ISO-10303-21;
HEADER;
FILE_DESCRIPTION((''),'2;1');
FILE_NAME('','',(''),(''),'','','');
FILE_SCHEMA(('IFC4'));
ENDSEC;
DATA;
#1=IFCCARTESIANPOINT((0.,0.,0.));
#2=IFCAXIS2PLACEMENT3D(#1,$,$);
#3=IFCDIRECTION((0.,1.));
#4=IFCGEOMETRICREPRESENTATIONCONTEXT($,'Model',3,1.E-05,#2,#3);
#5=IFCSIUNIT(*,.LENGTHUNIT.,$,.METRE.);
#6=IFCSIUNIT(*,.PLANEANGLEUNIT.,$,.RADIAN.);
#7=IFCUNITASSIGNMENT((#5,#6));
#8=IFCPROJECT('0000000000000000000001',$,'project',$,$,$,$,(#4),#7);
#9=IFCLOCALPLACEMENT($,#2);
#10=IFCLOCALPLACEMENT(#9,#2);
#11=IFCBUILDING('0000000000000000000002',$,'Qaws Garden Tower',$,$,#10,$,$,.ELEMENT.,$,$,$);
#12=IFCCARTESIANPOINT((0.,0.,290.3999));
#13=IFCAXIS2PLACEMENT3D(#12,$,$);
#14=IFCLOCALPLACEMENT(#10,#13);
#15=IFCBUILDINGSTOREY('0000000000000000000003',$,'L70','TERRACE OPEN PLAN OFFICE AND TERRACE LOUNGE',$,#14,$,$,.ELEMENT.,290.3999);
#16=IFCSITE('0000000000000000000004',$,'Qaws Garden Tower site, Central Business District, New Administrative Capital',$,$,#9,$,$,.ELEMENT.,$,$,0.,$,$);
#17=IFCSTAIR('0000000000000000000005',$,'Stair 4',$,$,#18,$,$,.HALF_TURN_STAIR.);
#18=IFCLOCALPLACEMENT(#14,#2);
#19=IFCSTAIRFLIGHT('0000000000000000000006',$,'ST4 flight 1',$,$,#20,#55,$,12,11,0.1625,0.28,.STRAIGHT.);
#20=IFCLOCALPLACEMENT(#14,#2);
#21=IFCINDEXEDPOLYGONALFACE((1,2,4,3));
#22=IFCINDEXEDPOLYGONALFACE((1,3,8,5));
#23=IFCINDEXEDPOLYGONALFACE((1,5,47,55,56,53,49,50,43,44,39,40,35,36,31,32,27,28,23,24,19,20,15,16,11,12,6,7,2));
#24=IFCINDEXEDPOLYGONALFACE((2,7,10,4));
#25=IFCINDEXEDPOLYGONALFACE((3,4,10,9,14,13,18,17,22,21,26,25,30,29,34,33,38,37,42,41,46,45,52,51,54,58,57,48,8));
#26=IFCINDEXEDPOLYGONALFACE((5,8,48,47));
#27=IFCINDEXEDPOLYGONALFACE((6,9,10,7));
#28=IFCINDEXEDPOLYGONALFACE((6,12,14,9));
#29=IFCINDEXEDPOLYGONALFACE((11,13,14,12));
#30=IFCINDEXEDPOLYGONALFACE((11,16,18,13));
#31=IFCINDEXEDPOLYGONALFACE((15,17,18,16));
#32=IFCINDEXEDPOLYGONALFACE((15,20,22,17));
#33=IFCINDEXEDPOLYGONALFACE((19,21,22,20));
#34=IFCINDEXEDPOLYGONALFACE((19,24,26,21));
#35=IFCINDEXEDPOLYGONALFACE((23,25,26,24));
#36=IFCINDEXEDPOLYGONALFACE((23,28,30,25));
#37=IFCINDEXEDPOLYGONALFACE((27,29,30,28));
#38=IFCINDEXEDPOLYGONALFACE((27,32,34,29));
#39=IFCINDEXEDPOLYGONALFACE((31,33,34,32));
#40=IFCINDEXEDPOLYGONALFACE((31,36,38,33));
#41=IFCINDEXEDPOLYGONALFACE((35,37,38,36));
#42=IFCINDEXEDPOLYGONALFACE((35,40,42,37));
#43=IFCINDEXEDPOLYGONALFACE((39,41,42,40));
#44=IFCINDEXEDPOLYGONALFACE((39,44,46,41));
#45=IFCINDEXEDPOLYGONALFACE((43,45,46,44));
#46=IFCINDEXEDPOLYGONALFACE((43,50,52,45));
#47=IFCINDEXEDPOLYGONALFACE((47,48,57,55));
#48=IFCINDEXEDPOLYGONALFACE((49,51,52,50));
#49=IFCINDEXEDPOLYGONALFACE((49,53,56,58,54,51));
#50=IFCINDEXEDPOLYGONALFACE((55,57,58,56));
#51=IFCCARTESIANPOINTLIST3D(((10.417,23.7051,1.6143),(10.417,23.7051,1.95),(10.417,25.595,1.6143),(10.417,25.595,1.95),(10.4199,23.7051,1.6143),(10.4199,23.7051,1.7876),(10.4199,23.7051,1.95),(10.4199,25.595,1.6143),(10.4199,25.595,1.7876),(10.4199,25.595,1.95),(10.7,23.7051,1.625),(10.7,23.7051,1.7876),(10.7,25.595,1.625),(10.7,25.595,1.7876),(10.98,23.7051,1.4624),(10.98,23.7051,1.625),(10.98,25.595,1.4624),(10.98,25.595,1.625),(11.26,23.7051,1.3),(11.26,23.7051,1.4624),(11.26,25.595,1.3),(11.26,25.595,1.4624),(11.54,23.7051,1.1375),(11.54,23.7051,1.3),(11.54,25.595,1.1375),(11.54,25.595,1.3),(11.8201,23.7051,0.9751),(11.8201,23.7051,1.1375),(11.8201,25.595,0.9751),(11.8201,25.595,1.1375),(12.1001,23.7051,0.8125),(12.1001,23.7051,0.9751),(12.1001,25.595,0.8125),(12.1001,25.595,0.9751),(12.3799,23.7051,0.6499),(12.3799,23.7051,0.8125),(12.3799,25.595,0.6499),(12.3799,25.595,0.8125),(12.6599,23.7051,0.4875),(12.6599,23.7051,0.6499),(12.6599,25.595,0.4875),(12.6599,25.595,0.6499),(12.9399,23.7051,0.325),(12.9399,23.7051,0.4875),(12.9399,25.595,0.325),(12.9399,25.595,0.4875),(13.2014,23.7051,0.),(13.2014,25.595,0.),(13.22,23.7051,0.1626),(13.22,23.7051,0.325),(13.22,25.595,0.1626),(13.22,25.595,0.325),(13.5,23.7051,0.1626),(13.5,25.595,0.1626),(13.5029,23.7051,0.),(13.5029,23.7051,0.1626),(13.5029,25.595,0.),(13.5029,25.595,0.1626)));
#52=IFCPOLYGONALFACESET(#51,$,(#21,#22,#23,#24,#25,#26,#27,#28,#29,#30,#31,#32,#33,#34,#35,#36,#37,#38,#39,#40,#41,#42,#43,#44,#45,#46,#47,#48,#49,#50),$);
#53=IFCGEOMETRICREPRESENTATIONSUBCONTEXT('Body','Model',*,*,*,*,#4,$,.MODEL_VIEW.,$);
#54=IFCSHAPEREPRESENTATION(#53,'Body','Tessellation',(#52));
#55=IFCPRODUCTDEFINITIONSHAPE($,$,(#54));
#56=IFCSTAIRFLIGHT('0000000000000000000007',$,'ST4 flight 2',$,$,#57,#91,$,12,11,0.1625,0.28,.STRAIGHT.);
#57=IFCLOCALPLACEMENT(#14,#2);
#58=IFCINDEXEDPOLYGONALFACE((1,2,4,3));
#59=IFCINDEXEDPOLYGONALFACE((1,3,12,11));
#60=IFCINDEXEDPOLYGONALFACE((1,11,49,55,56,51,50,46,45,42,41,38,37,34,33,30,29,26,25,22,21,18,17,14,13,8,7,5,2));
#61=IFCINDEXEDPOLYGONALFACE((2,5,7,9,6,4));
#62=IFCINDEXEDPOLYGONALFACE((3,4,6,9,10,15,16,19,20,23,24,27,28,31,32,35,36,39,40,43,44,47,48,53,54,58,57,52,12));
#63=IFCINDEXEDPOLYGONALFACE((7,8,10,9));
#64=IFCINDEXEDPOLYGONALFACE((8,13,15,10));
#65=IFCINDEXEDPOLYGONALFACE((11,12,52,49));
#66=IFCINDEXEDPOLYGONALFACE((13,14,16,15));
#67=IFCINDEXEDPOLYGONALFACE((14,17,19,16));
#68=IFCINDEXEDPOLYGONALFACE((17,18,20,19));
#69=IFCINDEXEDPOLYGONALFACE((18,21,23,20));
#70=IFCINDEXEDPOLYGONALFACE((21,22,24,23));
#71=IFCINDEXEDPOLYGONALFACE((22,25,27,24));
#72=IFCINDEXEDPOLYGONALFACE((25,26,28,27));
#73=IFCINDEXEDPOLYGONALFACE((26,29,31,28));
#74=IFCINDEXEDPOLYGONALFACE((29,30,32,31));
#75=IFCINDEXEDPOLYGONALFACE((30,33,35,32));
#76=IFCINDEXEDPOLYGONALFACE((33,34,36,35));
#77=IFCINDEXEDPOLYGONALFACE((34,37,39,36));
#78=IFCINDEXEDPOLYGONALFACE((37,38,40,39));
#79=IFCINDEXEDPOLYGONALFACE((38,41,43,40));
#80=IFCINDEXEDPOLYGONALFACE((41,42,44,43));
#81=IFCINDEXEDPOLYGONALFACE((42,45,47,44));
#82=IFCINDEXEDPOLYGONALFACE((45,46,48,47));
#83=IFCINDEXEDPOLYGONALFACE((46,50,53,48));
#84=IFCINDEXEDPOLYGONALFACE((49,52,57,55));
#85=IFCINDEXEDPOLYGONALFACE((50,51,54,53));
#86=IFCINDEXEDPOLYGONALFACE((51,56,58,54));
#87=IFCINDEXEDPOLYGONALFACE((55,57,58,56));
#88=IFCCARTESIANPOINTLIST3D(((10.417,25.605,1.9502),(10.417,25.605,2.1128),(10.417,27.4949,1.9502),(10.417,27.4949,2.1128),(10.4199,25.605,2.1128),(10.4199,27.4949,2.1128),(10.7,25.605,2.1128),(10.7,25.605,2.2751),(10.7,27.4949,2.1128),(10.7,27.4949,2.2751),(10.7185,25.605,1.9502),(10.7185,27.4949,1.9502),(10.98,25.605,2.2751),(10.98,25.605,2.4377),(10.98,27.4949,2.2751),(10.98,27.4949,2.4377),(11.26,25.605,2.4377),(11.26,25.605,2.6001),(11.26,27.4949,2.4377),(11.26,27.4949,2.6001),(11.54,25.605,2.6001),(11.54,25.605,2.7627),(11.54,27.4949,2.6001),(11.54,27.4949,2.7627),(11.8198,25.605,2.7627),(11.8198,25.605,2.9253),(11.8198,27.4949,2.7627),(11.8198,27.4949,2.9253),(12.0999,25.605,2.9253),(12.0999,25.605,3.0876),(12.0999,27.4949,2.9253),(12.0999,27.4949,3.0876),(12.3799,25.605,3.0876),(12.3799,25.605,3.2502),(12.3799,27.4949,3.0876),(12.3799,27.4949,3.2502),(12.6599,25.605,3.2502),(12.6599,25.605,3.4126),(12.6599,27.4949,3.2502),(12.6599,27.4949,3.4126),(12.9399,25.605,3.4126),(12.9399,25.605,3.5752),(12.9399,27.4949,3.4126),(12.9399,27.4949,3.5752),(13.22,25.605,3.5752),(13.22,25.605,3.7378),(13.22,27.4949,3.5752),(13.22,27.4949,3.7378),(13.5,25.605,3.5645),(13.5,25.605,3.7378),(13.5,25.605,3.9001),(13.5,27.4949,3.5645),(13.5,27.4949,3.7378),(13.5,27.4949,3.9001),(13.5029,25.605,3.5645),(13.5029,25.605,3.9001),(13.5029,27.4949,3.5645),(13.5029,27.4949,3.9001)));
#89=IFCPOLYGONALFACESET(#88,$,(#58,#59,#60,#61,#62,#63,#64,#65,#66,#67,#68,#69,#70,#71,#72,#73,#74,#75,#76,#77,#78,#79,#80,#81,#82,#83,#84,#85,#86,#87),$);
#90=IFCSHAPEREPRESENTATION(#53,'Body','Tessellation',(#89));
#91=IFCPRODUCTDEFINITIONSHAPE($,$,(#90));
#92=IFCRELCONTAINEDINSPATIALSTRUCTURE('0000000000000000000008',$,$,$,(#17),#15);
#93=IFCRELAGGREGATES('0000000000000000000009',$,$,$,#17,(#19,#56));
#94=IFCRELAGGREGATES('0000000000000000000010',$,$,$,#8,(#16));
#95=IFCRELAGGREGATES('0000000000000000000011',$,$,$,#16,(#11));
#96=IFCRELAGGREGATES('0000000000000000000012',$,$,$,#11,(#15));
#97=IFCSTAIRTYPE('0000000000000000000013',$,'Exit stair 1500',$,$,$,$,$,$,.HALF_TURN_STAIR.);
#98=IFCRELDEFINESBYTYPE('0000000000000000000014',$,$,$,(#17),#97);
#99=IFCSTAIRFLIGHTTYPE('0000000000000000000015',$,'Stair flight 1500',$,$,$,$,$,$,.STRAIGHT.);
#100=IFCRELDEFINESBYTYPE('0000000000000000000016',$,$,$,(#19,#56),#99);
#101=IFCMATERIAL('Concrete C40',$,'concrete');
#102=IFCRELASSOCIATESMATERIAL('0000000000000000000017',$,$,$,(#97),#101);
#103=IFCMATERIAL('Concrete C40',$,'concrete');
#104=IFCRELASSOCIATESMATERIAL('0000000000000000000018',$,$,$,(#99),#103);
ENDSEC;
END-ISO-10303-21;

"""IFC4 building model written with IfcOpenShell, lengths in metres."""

from ifc_helpers import new_model, si_unit, direction, frame, origin, place, context, subcontext, project, spatial, polyline, outline, extrude, material, type_object, element, aggregate, save


model = new_model("IFC4")

# Units and contexts
model_context = context("Model", 3, precision=1e-05, world=origin(), true_north=direction((0.0, 1.0)))
body_context = subcontext(model_context, "Body", "Model", "MODEL_VIEW")
ifc_project = project(units=[si_unit("LENGTHUNIT", "METRE"), si_unit("PLANEANGLEUNIT", "RADIAN")], contexts=[model_context])

# Site, building, storey
site_placement = place(None, origin())
site = spatial("IfcSite", under=ifc_project, at=site_placement, Name="Qaws Garden Tower site, Central Business District, New Administrative Capital", CompositionType="ELEMENT", RefElevation=0.0)
building_placement = place(site_placement, origin())
building = spatial("IfcBuilding", under=site, at=building_placement, Name="Qaws Garden Tower", CompositionType="ELEMENT")
storey_placement = place(building_placement, frame((0.0, 0.0, 290.3999)))
storey = spatial("IfcBuildingStorey", under=building, at=storey_placement, Name="L70", Description="TERRACE OPEN PLAN OFFICE AND TERRACE LOUNGE", CompositionType="ELEMENT", Elevation=290.3999)

# Stair, stair flights
ifc_material_1 = material(Name="Concrete C40", Category="concrete")
stair_type = type_object("IfcStairType", Name="Exit stair 1500", PredefinedType="HALF_TURN_STAIR", material=ifc_material_1)
stair_placement = place(storey_placement, origin())
stair = element("IfcStair", 1, at=stair_placement, inside=storey, type_object=stair_type, Name="Stair 4", PredefinedType="HALF_TURN_STAIR")
ifc_material_2 = material(Name="Concrete C40", Category="concrete")
stair_flight_type = type_object("IfcStairFlightType", Name="Stair flight 1500", PredefinedType="STRAIGHT", material=ifc_material_2)
stair_flight_1_placement = place(storey_placement, frame((13.5, 24.6499, 0.0), z_axis=(0.0, 0.0, 1.0), x_axis=(-1.0, 0.0, 0.0)))
stair_flight_1 = element("IfcStairFlight", 2, at=stair_flight_1_placement, type_object=stair_flight_type, Name="ST4 flight 1", NumberOfRisers=12, NumberOfTreads=11, PredefinedType="STRAIGHT", RiserHeight=0.1625, TreadLength=0.28, context=body_context, shape_type="SweptSolid", body=[
    extrude(outline(polyline([(-0.0029, 0.0), (-0.0029, 0.1626), (0.0, 0.1626), (0.28, 0.1626), (0.28, 0.325), (0.5601, 0.325), (0.5601, 0.4875), (0.8401, 0.4875), (0.8401, 0.6499), (1.1201, 0.6499), (1.1201, 0.8125), (1.3999, 0.8125), (1.3999, 0.9751), (1.6799, 0.9751), (1.6799, 1.1375), (1.96, 1.1375), (1.96, 1.3), (2.24, 1.3), (2.24, 1.4624), (2.52, 1.4624), (2.52, 1.625), (2.8, 1.625), (2.8, 1.7876), (3.0801, 1.7876), (3.0801, 1.95), (3.083, 1.95), (3.083, 1.6143), (3.0801, 1.6143), (0.2986, 0.0), (-0.0029, 0.0)])), frame((0.0, 0.9448, 0.0), z_axis=(0.0, -1.0, 0.0), x_axis=(1.0, 0.0, 0.0)), (0.0, 0.0, 1.0), 1.8899),
])
stair_flight_2_placement = place(storey_placement, frame((10.4199, 26.55, 1.9502), z_axis=(0.0, 0.0, 1.0), x_axis=(1.0, 0.0, 0.0)))
stair_flight_2 = element("IfcStairFlight", 3, at=stair_flight_2_placement, type_object=stair_flight_type, Name="ST4 flight 2", NumberOfRisers=12, NumberOfTreads=11, PredefinedType="STRAIGHT", RiserHeight=0.1625, TreadLength=0.28, context=body_context, shape_type="SweptSolid", body=[
    extrude(outline(polyline([(-0.0029, 0.0), (-0.0029, 0.1626), (0.0, 0.1626), (0.28, 0.1626), (0.28, 0.325), (0.5601, 0.325), (0.5601, 0.4875), (0.8401, 0.4875), (0.8401, 0.6499), (1.1201, 0.6499), (1.1201, 0.8125), (1.3999, 0.8125), (1.3999, 0.9751), (1.6799, 0.9751), (1.6799, 1.1375), (1.96, 1.1375), (1.96, 1.3), (2.24, 1.3), (2.24, 1.4624), (2.52, 1.4624), (2.52, 1.625), (2.8, 1.625), (2.8, 1.7876), (3.0801, 1.7876), (3.0801, 1.95), (3.083, 1.95), (3.083, 1.6143), (3.0801, 1.6143), (0.2986, 0.0), (-0.0029, 0.0)])), frame((0.0, 0.9448, 0.0), z_axis=(0.0, -1.0, 0.0), x_axis=(1.0, 0.0, 0.0)), (0.0, 0.0, 1.0), 1.8899),
])
aggregate(stair, [stair_flight_1, stair_flight_2])

save(model, "model.ifc")
